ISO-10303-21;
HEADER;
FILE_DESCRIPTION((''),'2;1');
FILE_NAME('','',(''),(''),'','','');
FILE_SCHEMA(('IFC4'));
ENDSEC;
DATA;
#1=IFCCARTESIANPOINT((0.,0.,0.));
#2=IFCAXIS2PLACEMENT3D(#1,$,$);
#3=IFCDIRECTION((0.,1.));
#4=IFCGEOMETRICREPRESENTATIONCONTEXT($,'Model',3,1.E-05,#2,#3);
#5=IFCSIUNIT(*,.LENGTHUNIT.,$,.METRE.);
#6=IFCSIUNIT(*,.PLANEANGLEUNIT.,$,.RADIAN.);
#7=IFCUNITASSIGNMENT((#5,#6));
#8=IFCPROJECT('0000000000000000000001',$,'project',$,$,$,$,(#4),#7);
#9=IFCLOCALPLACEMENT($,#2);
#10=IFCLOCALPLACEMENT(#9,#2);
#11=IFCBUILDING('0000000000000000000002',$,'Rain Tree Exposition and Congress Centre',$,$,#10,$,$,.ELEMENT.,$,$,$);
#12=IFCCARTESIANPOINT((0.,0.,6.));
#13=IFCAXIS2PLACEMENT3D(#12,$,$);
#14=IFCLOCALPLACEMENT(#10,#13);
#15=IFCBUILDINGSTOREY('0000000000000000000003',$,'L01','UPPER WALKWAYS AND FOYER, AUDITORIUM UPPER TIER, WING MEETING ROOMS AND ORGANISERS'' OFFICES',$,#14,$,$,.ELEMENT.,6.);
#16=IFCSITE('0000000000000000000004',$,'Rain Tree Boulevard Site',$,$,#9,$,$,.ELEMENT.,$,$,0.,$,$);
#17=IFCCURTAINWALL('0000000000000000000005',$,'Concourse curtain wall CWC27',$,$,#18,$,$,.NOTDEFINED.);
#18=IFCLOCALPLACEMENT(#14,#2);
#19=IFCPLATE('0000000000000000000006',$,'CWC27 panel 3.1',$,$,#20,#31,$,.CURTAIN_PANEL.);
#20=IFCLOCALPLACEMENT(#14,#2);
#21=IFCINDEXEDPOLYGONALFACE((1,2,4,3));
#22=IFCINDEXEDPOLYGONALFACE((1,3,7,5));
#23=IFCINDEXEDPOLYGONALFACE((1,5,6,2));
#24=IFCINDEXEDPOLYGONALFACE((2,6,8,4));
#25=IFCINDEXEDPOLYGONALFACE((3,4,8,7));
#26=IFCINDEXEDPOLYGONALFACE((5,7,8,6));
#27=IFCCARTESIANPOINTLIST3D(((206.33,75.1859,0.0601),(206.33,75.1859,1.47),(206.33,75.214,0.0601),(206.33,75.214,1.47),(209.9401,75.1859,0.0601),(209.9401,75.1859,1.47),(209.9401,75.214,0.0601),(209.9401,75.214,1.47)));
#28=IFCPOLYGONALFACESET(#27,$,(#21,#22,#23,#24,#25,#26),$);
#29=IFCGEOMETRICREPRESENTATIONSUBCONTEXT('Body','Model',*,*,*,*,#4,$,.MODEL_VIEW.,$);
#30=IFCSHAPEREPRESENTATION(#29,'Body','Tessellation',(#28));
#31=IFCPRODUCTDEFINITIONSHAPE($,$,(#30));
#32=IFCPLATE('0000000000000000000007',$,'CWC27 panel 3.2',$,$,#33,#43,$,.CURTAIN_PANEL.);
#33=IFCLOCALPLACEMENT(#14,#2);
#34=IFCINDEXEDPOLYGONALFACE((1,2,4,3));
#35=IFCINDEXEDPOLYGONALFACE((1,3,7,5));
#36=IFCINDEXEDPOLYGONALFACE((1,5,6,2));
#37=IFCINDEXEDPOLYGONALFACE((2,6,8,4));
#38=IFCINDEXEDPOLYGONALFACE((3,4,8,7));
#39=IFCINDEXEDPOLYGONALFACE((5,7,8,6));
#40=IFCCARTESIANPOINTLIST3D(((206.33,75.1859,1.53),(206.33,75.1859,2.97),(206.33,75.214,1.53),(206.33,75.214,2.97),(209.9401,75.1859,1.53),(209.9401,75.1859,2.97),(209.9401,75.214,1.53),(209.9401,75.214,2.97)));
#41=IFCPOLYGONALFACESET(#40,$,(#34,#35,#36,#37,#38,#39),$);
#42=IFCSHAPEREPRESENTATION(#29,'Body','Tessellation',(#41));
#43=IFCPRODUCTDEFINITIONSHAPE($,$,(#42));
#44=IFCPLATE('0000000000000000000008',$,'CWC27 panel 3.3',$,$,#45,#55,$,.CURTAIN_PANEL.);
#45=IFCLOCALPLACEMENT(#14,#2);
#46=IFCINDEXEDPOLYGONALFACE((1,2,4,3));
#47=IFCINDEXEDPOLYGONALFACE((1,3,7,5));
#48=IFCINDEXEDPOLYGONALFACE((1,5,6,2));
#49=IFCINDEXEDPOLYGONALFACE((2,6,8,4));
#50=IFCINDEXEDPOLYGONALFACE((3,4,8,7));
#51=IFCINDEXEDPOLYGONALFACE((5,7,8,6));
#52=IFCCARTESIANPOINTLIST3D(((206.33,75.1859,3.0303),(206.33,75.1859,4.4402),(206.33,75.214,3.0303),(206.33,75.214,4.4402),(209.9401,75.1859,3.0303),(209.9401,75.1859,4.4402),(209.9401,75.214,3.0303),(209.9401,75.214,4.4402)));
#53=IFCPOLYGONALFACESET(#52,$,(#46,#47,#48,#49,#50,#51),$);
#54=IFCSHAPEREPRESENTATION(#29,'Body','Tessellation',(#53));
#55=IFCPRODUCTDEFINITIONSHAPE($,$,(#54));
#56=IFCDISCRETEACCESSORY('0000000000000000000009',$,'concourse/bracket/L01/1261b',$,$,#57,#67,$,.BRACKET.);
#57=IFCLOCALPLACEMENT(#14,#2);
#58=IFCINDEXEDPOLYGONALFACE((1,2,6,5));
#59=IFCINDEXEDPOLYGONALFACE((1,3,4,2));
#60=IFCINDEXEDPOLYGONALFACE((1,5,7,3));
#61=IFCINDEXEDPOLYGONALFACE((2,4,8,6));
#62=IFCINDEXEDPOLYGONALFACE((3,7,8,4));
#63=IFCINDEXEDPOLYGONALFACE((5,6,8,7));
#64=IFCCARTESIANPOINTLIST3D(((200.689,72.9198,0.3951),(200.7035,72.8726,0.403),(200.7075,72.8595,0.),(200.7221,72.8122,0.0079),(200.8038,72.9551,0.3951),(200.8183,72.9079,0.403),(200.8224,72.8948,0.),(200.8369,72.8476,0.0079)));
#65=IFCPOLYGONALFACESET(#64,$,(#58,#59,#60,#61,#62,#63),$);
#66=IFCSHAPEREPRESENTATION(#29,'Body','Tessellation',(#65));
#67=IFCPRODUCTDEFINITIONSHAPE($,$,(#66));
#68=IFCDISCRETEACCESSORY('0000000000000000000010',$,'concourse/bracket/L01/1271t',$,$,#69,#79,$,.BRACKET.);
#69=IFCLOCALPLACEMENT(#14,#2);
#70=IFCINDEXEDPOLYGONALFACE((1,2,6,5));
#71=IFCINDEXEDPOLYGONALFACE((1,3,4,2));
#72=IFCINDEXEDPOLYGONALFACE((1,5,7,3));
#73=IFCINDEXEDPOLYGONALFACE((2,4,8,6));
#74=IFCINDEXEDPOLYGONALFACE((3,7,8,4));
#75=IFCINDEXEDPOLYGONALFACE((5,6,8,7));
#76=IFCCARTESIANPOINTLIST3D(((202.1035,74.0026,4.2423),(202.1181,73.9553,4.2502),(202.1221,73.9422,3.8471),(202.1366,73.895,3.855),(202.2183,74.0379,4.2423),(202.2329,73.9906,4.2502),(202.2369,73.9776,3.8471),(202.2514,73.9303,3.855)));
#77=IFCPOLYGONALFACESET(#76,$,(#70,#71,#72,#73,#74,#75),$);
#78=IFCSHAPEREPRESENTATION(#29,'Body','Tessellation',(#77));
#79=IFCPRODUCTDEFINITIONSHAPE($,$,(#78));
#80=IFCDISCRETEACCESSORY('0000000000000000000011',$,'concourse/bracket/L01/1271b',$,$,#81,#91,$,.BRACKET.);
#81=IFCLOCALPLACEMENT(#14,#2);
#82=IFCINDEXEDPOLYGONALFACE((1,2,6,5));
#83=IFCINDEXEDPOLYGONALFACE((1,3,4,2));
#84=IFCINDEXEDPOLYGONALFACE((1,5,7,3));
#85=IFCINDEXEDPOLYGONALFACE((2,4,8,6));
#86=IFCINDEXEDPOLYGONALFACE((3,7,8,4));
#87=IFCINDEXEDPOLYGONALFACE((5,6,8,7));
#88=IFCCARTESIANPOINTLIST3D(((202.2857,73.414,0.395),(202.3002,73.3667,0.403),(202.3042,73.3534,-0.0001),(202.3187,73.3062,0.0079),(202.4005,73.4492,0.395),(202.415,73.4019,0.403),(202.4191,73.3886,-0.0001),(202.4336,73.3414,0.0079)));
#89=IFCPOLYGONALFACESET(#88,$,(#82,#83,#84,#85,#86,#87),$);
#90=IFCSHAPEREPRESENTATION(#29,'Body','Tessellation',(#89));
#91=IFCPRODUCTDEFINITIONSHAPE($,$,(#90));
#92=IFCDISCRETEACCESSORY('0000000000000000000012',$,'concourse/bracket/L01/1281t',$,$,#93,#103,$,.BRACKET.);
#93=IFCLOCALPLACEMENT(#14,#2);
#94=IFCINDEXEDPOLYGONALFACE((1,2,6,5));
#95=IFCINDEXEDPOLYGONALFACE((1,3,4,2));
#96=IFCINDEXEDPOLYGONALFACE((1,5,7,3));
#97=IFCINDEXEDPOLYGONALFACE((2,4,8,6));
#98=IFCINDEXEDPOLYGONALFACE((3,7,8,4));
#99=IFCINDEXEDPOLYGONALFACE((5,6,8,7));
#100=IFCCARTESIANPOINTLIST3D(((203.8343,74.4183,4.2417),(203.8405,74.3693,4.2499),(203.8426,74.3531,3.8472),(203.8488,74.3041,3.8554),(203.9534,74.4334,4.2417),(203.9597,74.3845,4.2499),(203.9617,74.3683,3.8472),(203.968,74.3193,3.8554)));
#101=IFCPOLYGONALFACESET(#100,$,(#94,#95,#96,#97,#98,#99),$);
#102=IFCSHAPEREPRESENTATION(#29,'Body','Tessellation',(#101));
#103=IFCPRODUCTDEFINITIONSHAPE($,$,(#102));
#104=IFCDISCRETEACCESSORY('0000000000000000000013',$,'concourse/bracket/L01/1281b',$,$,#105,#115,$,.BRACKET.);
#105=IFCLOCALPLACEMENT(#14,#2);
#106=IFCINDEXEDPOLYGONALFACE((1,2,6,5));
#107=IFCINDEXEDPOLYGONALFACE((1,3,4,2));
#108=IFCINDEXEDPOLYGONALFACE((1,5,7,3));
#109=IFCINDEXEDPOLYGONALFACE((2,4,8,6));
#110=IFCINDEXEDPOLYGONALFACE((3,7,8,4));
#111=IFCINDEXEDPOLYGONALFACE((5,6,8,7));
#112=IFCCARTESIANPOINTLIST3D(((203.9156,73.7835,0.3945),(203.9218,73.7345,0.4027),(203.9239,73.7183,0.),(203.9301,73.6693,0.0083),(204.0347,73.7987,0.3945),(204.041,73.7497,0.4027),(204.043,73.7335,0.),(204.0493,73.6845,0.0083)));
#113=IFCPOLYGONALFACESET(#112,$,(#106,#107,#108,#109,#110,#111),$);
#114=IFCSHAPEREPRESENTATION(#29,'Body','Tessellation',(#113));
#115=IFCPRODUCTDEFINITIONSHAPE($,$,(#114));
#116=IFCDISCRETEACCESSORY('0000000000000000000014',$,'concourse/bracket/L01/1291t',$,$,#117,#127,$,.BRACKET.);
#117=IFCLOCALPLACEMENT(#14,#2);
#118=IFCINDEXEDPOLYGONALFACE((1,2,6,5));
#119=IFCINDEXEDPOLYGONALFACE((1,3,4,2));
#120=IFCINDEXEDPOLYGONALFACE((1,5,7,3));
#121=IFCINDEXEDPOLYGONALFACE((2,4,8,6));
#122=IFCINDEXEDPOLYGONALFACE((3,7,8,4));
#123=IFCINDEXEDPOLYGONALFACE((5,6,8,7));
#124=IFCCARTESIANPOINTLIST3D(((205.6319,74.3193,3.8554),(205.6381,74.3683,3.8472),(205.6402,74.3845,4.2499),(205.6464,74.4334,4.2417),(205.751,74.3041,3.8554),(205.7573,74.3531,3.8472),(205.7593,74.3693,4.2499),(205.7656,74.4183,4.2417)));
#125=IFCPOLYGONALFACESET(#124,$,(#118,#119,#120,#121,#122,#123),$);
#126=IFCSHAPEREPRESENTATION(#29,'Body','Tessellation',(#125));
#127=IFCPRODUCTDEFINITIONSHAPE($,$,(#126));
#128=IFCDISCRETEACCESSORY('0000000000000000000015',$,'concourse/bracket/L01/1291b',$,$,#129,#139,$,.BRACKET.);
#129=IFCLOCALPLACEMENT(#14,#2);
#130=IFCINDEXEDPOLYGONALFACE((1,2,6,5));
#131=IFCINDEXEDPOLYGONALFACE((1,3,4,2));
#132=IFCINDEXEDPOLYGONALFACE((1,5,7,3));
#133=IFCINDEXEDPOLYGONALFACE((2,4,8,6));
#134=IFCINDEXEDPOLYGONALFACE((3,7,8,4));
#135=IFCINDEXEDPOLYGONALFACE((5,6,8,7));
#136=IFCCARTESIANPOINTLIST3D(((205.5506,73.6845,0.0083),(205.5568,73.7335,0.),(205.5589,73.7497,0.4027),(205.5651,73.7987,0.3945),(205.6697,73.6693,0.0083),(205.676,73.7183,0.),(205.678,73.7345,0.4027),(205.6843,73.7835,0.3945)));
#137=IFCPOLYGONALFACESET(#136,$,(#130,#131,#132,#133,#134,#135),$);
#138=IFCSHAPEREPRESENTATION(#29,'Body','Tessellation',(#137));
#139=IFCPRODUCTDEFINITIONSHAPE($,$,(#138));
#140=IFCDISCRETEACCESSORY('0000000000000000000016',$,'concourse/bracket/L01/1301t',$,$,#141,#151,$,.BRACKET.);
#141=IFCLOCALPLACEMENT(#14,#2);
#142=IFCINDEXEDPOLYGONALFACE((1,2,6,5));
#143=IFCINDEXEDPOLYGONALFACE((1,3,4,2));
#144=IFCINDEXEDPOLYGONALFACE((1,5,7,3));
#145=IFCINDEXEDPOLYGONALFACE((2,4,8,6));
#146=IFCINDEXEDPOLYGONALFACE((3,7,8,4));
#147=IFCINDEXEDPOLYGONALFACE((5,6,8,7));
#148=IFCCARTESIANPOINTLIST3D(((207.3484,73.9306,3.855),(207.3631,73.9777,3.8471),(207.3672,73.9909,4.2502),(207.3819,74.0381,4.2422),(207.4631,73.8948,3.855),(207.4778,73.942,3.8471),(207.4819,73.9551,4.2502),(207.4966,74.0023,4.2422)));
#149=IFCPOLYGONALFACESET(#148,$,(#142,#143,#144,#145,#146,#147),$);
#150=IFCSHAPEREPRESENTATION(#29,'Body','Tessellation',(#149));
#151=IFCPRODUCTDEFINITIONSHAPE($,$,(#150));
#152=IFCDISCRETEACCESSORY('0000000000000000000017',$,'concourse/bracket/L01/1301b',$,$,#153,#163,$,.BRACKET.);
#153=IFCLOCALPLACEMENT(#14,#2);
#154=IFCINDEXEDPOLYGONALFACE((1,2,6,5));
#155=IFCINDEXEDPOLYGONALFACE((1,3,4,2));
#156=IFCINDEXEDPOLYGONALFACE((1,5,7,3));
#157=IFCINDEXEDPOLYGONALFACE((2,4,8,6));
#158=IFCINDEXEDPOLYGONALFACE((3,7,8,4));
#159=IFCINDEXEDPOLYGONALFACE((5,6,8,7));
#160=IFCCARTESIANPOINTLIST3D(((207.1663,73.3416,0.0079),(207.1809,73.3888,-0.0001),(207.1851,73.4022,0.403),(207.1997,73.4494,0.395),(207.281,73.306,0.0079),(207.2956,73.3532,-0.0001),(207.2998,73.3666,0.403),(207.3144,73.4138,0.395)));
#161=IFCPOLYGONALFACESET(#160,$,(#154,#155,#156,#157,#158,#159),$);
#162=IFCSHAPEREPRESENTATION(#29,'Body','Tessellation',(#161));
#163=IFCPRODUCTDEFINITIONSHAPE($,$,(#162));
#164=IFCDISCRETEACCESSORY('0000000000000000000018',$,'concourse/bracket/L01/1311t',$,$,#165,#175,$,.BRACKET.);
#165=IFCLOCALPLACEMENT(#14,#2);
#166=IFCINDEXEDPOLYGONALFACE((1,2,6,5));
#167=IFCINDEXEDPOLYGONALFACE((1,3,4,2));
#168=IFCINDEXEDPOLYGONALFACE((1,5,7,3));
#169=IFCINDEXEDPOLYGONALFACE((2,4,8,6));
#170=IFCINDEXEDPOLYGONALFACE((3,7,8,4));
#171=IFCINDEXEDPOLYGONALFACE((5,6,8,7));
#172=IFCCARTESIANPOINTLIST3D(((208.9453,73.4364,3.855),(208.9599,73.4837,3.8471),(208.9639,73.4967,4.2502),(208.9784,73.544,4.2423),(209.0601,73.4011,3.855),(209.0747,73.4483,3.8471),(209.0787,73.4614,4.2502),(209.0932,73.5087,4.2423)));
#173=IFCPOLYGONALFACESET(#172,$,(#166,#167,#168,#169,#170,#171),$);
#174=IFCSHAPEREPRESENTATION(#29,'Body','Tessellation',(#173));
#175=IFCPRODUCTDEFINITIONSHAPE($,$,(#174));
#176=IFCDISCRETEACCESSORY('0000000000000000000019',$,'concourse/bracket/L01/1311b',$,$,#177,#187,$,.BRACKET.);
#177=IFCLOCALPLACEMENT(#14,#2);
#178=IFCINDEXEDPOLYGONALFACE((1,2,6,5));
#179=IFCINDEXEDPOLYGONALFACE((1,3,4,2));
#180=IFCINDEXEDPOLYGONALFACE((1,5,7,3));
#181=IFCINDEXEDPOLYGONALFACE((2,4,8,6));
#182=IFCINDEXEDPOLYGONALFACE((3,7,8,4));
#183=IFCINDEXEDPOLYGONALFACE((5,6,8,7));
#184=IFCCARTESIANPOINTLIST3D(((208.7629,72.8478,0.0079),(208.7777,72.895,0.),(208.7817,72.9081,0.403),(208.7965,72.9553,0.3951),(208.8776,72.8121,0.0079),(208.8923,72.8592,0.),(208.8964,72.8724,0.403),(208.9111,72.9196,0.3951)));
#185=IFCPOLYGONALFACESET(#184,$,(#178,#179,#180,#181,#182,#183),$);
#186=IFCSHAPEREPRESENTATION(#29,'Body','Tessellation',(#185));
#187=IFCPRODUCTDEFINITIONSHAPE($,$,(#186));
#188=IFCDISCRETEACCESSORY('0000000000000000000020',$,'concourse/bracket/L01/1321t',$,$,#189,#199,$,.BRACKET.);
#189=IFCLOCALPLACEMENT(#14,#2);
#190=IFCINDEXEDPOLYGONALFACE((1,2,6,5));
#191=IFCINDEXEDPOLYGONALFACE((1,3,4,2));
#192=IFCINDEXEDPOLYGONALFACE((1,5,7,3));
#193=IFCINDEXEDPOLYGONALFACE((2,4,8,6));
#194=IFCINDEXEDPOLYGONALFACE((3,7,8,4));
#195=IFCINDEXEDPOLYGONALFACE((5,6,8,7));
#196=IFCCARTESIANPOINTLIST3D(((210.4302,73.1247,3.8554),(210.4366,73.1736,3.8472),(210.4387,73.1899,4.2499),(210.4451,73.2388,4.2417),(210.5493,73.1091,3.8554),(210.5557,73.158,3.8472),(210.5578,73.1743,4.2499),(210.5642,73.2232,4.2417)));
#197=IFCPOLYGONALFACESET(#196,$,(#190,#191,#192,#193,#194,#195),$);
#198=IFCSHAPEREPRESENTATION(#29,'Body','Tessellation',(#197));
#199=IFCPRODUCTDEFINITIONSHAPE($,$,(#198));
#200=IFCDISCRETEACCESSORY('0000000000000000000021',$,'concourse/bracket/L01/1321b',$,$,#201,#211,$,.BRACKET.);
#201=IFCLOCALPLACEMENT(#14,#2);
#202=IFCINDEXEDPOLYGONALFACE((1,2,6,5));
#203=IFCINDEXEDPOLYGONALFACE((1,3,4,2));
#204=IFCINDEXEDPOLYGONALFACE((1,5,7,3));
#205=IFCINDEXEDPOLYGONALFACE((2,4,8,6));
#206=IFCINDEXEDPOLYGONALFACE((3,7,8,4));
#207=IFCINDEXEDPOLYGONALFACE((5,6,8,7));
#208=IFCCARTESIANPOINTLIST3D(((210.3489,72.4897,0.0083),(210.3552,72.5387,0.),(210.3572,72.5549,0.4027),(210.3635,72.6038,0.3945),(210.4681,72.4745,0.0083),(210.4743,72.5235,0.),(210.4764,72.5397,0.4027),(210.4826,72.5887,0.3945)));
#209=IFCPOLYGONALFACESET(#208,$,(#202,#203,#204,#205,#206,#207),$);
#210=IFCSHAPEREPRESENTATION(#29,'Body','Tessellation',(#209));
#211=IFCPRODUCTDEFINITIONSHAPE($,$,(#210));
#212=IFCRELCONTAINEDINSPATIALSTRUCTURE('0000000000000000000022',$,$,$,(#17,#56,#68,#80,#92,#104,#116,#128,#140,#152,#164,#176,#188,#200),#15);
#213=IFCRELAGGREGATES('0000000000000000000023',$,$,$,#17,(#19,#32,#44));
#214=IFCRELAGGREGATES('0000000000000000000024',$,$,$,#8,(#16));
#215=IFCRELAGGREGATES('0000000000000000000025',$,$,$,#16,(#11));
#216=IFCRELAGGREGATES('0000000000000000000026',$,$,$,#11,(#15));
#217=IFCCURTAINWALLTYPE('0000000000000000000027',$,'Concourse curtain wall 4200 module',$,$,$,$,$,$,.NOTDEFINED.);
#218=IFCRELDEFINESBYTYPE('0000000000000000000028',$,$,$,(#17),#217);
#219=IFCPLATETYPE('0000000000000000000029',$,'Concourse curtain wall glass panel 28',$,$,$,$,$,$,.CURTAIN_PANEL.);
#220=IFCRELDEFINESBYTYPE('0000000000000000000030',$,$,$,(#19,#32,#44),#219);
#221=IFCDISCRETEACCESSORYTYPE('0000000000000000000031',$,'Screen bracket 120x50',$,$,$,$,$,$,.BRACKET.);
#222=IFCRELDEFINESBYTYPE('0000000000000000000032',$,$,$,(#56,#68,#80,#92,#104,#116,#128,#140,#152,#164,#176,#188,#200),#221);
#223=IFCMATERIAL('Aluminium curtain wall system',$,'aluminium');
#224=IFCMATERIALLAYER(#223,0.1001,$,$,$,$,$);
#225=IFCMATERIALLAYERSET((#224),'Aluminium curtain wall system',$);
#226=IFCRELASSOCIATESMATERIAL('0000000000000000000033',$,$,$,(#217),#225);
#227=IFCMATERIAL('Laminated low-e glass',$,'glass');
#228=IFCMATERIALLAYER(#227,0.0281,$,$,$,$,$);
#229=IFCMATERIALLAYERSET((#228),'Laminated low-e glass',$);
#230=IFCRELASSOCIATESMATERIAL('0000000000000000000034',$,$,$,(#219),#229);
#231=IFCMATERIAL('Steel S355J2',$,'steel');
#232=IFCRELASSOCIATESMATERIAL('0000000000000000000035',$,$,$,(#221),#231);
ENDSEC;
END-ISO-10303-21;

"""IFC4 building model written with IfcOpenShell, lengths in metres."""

from ifc_helpers import new_model, si_unit, direction, frame, origin, origin_2d, place, context, subcontext, project, spatial, rectangle, extrude, material, layer, layer_set, material_profile, profile_set, type_object, element, aggregate, save


model = new_model("IFC4")

# Units and contexts
model_context = context("Model", 3, precision=1e-05, world=origin(), true_north=direction((0.0, 1.0)))
body_context = subcontext(model_context, "Body", "Model", "MODEL_VIEW")
ifc_project = project(units=[si_unit("LENGTHUNIT", "METRE"), si_unit("PLANEANGLEUNIT", "RADIAN")], contexts=[model_context])

# Site, building, storey
site_placement = place(None, origin())
site = spatial("IfcSite", under=ifc_project, at=site_placement, Name="Rain Tree Boulevard Site", CompositionType="ELEMENT", RefElevation=0.0)
building_placement = place(site_placement, origin())
building = spatial("IfcBuilding", under=site, at=building_placement, Name="Rain Tree Exposition and Congress Centre", CompositionType="ELEMENT")
storey_placement = place(building_placement, frame((0.0, 0.0, 6.0)))
storey = spatial("IfcBuildingStorey", under=building, at=storey_placement, Name="L01", Description="UPPER WALKWAYS AND FOYER, AUDITORIUM UPPER TIER, WING MEETING ROOMS AND ORGANISERS' OFFICES", CompositionType="ELEMENT", Elevation=6.0)

# Curtain wall, plates
ifc_material_1 = material(Name="Aluminium curtain wall system", Category="aluminium")
ifc_layer_1 = layer(ifc_material_1, 0.1001)
ifc_layer_set_1 = layer_set([ifc_layer_1], Name="Aluminium curtain wall system")
curtain_wall_type = type_object("IfcCurtainWallType", Name="Concourse curtain wall 4200 module", PredefinedType="NOTDEFINED", material=ifc_layer_set_1)
curtain_wall_placement = place(storey_placement, origin())
curtain_wall = element("IfcCurtainWall", 1, at=curtain_wall_placement, inside=storey, type_object=curtain_wall_type, Name="Concourse curtain wall CWC27", PredefinedType="NOTDEFINED")
ifc_material_2 = material(Name="Laminated low-e glass", Category="glass")
ifc_layer_2 = layer(ifc_material_2, 0.0281)
ifc_layer_set_2 = layer_set([ifc_layer_2], Name="Laminated low-e glass")
plate_type = type_object("IfcPlateType", Name="Concourse curtain wall glass panel 28", PredefinedType="CURTAIN_PANEL", material=ifc_layer_set_2)
plate_1_placement = place(storey_placement, frame((208.135, 75.2, 0.0601), z_axis=(0.0, 0.0, 1.0), x_axis=(1.0, 0.0, 0.0)))
plate_1 = element("IfcPlate", 2, at=plate_1_placement, type_object=plate_type, Name="CWC27 panel 3.1", PredefinedType="CURTAIN_PANEL", context=body_context, shape_type="SweptSolid", body=[
    extrude(rectangle(XDim=3.6101, YDim=0.0281, at=origin_2d()), origin(), (0.0, 0.0, 1.0), 1.4099),
])
plate_2_placement = place(storey_placement, frame((208.135, 75.2, 1.53), z_axis=(0.0, 0.0, 1.0), x_axis=(1.0, 0.0, 0.0)))
plate_2 = element("IfcPlate", 3, at=plate_2_placement, type_object=plate_type, Name="CWC27 panel 3.2", PredefinedType="CURTAIN_PANEL", context=body_context, shape_type="SweptSolid", body=[
    extrude(rectangle(XDim=3.6101, YDim=0.0281, at=origin_2d()), origin(), (0.0, 0.0, 1.0), 1.4399),
])
plate_3_placement = place(storey_placement, frame((208.135, 75.2, 3.0303), z_axis=(0.0, 0.0, 1.0), x_axis=(1.0, 0.0, 0.0)))
plate_3 = element("IfcPlate", 4, at=plate_3_placement, type_object=plate_type, Name="CWC27 panel 3.3", PredefinedType="CURTAIN_PANEL", context=body_context, shape_type="SweptSolid", body=[
    extrude(rectangle(XDim=3.6101, YDim=0.0281, at=origin_2d()), origin(), (0.0, 0.0, 1.0), 1.4099),
])
aggregate(curtain_wall, [plate_1, plate_2, plate_3])

# Discrete accessories
ifc_material_3 = material(Name="Steel S355J2", Category="steel")
ifc_material_profile_1 = material_profile(ifc_material_3, rectangle(XDim=0.1201, YDim=0.05, at=origin_2d()), Name="Flat bar 120x50")
ifc_profile_set_1 = profile_set([ifc_material_profile_1], Name="Steel S355J2")
discrete_accessory_type = type_object("IfcDiscreteAccessoryType", Name="Screen bracket 120x50", PredefinedType="BRACKET", material=ifc_profile_set_1)
for number, where, z_axis, x_axis, name in (
    (5, (200.7722, 72.8535, 0.0039), (-0.046384, 0.150747, 0.987484), (-0.955779, -0.294086, 0.0), "concourse/bracket/L01/1261b"),
    (6, (202.1868, 73.9363, 3.8511), (-0.046384, 0.150747, 0.987484), (-0.955779, -0.294086, 0.0), "concourse/bracket/L01/1271t"),
    (7, (202.3689, 73.3474, 0.0039), (-0.046379, 0.151343, 0.987393), (-0.956112, -0.293002, 0.0), "concourse/bracket/L01/1271b"),
):
    element("IfcDiscreteAccessory", number, at=place(storey_placement, frame(where, z_axis=z_axis, x_axis=x_axis)), inside=storey, type_object=discrete_accessory_type, Name=name, PredefinedType="BRACKET", context=body_context, shape_type="SweptSolid", body=[
        extrude(rectangle(XDim=0.1201, YDim=0.05, at=origin_2d()), origin(), (0.0, 0.0, 1.0), 0.4001),
    ])
for number, where, z_axis, x_axis, name in (
    (8, (203.9053, 74.3362, 3.8513), (-0.020754, 0.162978, 0.986411), (-0.991989, -0.126321, 0.0), "concourse/bracket/L01/1281t"),
    (9, (203.9866, 73.7014, 0.0042), (-0.020754, 0.162978, 0.986411), (-0.991989, -0.126321, 0.0), "concourse/bracket/L01/1281b"),
    (10, (205.6946, 74.3362, 3.8513), (0.020754, 0.162978, 0.986411), (-0.991989, 0.126321, 0.0), "concourse/bracket/L01/1291t"),
    (11, (205.6133, 73.7014, 0.0042), (0.020754, 0.162978, 0.986411), (-0.991989, 0.126321, 0.0), "concourse/bracket/L01/1291b"),
):
    element("IfcDiscreteAccessory", number, at=place(storey_placement, frame(where, z_axis=z_axis, x_axis=x_axis)), inside=storey, type_object=discrete_accessory_type, Name=name, PredefinedType="BRACKET", context=body_context, shape_type="SweptSolid", body=[
        extrude(rectangle(XDim=0.1201, YDim=0.05, at=origin_2d()), origin(), (0.0, 0.0, 1.0), 0.3999),
    ])
for number, where, z_axis, x_axis, name in (
    (12, (207.4131, 73.9363, 3.8511), (0.046993, 0.150743, 0.987456), (-0.954686, 0.297615, 0.0), "concourse/bracket/L01/1301t"),
    (13, (207.231, 73.3474, 0.0039), (0.046988, 0.151339, 0.987364), (-0.955027, 0.29652, 0.0), "concourse/bracket/L01/1301b"),
    (14, (209.01, 73.4424, 3.8511), (0.046384, 0.150747, 0.987484), (-0.955779, 0.294086, 0.0), "concourse/bracket/L01/1311t"),
    (15, (208.8276, 72.8535, 0.0039), (0.046993, 0.150743, 0.987456), (-0.954686, 0.297615, 0.0), "concourse/bracket/L01/1311b"),
):
    element("IfcDiscreteAccessory", number, at=place(storey_placement, frame(where, z_axis=z_axis, x_axis=x_axis)), inside=storey, type_object=discrete_accessory_type, Name=name, PredefinedType="BRACKET", context=body_context, shape_type="SweptSolid", body=[
        extrude(rectangle(XDim=0.1201, YDim=0.05, at=origin_2d()), origin(), (0.0, 0.0, 1.0), 0.4001),
    ])
for number, where, z_axis, x_axis, name in (
    (16, (210.4929, 73.1414, 3.8513), (0.021364, 0.162976, 0.986399), (-0.991517, 0.129974, 0.0), "concourse/bracket/L01/1321t"),
    (17, (210.4116, 72.5066, 0.0042), (0.020754, 0.162978, 0.986411), (-0.991989, 0.126321, 0.0), "concourse/bracket/L01/1321b"),
):
    element("IfcDiscreteAccessory", number, at=place(storey_placement, frame(where, z_axis=z_axis, x_axis=x_axis)), inside=storey, type_object=discrete_accessory_type, Name=name, PredefinedType="BRACKET", context=body_context, shape_type="SweptSolid", body=[
        extrude(rectangle(XDim=0.1201, YDim=0.05, at=origin_2d()), origin(), (0.0, 0.0, 1.0), 0.3999),
    ])

save(model, "model.ifc")
